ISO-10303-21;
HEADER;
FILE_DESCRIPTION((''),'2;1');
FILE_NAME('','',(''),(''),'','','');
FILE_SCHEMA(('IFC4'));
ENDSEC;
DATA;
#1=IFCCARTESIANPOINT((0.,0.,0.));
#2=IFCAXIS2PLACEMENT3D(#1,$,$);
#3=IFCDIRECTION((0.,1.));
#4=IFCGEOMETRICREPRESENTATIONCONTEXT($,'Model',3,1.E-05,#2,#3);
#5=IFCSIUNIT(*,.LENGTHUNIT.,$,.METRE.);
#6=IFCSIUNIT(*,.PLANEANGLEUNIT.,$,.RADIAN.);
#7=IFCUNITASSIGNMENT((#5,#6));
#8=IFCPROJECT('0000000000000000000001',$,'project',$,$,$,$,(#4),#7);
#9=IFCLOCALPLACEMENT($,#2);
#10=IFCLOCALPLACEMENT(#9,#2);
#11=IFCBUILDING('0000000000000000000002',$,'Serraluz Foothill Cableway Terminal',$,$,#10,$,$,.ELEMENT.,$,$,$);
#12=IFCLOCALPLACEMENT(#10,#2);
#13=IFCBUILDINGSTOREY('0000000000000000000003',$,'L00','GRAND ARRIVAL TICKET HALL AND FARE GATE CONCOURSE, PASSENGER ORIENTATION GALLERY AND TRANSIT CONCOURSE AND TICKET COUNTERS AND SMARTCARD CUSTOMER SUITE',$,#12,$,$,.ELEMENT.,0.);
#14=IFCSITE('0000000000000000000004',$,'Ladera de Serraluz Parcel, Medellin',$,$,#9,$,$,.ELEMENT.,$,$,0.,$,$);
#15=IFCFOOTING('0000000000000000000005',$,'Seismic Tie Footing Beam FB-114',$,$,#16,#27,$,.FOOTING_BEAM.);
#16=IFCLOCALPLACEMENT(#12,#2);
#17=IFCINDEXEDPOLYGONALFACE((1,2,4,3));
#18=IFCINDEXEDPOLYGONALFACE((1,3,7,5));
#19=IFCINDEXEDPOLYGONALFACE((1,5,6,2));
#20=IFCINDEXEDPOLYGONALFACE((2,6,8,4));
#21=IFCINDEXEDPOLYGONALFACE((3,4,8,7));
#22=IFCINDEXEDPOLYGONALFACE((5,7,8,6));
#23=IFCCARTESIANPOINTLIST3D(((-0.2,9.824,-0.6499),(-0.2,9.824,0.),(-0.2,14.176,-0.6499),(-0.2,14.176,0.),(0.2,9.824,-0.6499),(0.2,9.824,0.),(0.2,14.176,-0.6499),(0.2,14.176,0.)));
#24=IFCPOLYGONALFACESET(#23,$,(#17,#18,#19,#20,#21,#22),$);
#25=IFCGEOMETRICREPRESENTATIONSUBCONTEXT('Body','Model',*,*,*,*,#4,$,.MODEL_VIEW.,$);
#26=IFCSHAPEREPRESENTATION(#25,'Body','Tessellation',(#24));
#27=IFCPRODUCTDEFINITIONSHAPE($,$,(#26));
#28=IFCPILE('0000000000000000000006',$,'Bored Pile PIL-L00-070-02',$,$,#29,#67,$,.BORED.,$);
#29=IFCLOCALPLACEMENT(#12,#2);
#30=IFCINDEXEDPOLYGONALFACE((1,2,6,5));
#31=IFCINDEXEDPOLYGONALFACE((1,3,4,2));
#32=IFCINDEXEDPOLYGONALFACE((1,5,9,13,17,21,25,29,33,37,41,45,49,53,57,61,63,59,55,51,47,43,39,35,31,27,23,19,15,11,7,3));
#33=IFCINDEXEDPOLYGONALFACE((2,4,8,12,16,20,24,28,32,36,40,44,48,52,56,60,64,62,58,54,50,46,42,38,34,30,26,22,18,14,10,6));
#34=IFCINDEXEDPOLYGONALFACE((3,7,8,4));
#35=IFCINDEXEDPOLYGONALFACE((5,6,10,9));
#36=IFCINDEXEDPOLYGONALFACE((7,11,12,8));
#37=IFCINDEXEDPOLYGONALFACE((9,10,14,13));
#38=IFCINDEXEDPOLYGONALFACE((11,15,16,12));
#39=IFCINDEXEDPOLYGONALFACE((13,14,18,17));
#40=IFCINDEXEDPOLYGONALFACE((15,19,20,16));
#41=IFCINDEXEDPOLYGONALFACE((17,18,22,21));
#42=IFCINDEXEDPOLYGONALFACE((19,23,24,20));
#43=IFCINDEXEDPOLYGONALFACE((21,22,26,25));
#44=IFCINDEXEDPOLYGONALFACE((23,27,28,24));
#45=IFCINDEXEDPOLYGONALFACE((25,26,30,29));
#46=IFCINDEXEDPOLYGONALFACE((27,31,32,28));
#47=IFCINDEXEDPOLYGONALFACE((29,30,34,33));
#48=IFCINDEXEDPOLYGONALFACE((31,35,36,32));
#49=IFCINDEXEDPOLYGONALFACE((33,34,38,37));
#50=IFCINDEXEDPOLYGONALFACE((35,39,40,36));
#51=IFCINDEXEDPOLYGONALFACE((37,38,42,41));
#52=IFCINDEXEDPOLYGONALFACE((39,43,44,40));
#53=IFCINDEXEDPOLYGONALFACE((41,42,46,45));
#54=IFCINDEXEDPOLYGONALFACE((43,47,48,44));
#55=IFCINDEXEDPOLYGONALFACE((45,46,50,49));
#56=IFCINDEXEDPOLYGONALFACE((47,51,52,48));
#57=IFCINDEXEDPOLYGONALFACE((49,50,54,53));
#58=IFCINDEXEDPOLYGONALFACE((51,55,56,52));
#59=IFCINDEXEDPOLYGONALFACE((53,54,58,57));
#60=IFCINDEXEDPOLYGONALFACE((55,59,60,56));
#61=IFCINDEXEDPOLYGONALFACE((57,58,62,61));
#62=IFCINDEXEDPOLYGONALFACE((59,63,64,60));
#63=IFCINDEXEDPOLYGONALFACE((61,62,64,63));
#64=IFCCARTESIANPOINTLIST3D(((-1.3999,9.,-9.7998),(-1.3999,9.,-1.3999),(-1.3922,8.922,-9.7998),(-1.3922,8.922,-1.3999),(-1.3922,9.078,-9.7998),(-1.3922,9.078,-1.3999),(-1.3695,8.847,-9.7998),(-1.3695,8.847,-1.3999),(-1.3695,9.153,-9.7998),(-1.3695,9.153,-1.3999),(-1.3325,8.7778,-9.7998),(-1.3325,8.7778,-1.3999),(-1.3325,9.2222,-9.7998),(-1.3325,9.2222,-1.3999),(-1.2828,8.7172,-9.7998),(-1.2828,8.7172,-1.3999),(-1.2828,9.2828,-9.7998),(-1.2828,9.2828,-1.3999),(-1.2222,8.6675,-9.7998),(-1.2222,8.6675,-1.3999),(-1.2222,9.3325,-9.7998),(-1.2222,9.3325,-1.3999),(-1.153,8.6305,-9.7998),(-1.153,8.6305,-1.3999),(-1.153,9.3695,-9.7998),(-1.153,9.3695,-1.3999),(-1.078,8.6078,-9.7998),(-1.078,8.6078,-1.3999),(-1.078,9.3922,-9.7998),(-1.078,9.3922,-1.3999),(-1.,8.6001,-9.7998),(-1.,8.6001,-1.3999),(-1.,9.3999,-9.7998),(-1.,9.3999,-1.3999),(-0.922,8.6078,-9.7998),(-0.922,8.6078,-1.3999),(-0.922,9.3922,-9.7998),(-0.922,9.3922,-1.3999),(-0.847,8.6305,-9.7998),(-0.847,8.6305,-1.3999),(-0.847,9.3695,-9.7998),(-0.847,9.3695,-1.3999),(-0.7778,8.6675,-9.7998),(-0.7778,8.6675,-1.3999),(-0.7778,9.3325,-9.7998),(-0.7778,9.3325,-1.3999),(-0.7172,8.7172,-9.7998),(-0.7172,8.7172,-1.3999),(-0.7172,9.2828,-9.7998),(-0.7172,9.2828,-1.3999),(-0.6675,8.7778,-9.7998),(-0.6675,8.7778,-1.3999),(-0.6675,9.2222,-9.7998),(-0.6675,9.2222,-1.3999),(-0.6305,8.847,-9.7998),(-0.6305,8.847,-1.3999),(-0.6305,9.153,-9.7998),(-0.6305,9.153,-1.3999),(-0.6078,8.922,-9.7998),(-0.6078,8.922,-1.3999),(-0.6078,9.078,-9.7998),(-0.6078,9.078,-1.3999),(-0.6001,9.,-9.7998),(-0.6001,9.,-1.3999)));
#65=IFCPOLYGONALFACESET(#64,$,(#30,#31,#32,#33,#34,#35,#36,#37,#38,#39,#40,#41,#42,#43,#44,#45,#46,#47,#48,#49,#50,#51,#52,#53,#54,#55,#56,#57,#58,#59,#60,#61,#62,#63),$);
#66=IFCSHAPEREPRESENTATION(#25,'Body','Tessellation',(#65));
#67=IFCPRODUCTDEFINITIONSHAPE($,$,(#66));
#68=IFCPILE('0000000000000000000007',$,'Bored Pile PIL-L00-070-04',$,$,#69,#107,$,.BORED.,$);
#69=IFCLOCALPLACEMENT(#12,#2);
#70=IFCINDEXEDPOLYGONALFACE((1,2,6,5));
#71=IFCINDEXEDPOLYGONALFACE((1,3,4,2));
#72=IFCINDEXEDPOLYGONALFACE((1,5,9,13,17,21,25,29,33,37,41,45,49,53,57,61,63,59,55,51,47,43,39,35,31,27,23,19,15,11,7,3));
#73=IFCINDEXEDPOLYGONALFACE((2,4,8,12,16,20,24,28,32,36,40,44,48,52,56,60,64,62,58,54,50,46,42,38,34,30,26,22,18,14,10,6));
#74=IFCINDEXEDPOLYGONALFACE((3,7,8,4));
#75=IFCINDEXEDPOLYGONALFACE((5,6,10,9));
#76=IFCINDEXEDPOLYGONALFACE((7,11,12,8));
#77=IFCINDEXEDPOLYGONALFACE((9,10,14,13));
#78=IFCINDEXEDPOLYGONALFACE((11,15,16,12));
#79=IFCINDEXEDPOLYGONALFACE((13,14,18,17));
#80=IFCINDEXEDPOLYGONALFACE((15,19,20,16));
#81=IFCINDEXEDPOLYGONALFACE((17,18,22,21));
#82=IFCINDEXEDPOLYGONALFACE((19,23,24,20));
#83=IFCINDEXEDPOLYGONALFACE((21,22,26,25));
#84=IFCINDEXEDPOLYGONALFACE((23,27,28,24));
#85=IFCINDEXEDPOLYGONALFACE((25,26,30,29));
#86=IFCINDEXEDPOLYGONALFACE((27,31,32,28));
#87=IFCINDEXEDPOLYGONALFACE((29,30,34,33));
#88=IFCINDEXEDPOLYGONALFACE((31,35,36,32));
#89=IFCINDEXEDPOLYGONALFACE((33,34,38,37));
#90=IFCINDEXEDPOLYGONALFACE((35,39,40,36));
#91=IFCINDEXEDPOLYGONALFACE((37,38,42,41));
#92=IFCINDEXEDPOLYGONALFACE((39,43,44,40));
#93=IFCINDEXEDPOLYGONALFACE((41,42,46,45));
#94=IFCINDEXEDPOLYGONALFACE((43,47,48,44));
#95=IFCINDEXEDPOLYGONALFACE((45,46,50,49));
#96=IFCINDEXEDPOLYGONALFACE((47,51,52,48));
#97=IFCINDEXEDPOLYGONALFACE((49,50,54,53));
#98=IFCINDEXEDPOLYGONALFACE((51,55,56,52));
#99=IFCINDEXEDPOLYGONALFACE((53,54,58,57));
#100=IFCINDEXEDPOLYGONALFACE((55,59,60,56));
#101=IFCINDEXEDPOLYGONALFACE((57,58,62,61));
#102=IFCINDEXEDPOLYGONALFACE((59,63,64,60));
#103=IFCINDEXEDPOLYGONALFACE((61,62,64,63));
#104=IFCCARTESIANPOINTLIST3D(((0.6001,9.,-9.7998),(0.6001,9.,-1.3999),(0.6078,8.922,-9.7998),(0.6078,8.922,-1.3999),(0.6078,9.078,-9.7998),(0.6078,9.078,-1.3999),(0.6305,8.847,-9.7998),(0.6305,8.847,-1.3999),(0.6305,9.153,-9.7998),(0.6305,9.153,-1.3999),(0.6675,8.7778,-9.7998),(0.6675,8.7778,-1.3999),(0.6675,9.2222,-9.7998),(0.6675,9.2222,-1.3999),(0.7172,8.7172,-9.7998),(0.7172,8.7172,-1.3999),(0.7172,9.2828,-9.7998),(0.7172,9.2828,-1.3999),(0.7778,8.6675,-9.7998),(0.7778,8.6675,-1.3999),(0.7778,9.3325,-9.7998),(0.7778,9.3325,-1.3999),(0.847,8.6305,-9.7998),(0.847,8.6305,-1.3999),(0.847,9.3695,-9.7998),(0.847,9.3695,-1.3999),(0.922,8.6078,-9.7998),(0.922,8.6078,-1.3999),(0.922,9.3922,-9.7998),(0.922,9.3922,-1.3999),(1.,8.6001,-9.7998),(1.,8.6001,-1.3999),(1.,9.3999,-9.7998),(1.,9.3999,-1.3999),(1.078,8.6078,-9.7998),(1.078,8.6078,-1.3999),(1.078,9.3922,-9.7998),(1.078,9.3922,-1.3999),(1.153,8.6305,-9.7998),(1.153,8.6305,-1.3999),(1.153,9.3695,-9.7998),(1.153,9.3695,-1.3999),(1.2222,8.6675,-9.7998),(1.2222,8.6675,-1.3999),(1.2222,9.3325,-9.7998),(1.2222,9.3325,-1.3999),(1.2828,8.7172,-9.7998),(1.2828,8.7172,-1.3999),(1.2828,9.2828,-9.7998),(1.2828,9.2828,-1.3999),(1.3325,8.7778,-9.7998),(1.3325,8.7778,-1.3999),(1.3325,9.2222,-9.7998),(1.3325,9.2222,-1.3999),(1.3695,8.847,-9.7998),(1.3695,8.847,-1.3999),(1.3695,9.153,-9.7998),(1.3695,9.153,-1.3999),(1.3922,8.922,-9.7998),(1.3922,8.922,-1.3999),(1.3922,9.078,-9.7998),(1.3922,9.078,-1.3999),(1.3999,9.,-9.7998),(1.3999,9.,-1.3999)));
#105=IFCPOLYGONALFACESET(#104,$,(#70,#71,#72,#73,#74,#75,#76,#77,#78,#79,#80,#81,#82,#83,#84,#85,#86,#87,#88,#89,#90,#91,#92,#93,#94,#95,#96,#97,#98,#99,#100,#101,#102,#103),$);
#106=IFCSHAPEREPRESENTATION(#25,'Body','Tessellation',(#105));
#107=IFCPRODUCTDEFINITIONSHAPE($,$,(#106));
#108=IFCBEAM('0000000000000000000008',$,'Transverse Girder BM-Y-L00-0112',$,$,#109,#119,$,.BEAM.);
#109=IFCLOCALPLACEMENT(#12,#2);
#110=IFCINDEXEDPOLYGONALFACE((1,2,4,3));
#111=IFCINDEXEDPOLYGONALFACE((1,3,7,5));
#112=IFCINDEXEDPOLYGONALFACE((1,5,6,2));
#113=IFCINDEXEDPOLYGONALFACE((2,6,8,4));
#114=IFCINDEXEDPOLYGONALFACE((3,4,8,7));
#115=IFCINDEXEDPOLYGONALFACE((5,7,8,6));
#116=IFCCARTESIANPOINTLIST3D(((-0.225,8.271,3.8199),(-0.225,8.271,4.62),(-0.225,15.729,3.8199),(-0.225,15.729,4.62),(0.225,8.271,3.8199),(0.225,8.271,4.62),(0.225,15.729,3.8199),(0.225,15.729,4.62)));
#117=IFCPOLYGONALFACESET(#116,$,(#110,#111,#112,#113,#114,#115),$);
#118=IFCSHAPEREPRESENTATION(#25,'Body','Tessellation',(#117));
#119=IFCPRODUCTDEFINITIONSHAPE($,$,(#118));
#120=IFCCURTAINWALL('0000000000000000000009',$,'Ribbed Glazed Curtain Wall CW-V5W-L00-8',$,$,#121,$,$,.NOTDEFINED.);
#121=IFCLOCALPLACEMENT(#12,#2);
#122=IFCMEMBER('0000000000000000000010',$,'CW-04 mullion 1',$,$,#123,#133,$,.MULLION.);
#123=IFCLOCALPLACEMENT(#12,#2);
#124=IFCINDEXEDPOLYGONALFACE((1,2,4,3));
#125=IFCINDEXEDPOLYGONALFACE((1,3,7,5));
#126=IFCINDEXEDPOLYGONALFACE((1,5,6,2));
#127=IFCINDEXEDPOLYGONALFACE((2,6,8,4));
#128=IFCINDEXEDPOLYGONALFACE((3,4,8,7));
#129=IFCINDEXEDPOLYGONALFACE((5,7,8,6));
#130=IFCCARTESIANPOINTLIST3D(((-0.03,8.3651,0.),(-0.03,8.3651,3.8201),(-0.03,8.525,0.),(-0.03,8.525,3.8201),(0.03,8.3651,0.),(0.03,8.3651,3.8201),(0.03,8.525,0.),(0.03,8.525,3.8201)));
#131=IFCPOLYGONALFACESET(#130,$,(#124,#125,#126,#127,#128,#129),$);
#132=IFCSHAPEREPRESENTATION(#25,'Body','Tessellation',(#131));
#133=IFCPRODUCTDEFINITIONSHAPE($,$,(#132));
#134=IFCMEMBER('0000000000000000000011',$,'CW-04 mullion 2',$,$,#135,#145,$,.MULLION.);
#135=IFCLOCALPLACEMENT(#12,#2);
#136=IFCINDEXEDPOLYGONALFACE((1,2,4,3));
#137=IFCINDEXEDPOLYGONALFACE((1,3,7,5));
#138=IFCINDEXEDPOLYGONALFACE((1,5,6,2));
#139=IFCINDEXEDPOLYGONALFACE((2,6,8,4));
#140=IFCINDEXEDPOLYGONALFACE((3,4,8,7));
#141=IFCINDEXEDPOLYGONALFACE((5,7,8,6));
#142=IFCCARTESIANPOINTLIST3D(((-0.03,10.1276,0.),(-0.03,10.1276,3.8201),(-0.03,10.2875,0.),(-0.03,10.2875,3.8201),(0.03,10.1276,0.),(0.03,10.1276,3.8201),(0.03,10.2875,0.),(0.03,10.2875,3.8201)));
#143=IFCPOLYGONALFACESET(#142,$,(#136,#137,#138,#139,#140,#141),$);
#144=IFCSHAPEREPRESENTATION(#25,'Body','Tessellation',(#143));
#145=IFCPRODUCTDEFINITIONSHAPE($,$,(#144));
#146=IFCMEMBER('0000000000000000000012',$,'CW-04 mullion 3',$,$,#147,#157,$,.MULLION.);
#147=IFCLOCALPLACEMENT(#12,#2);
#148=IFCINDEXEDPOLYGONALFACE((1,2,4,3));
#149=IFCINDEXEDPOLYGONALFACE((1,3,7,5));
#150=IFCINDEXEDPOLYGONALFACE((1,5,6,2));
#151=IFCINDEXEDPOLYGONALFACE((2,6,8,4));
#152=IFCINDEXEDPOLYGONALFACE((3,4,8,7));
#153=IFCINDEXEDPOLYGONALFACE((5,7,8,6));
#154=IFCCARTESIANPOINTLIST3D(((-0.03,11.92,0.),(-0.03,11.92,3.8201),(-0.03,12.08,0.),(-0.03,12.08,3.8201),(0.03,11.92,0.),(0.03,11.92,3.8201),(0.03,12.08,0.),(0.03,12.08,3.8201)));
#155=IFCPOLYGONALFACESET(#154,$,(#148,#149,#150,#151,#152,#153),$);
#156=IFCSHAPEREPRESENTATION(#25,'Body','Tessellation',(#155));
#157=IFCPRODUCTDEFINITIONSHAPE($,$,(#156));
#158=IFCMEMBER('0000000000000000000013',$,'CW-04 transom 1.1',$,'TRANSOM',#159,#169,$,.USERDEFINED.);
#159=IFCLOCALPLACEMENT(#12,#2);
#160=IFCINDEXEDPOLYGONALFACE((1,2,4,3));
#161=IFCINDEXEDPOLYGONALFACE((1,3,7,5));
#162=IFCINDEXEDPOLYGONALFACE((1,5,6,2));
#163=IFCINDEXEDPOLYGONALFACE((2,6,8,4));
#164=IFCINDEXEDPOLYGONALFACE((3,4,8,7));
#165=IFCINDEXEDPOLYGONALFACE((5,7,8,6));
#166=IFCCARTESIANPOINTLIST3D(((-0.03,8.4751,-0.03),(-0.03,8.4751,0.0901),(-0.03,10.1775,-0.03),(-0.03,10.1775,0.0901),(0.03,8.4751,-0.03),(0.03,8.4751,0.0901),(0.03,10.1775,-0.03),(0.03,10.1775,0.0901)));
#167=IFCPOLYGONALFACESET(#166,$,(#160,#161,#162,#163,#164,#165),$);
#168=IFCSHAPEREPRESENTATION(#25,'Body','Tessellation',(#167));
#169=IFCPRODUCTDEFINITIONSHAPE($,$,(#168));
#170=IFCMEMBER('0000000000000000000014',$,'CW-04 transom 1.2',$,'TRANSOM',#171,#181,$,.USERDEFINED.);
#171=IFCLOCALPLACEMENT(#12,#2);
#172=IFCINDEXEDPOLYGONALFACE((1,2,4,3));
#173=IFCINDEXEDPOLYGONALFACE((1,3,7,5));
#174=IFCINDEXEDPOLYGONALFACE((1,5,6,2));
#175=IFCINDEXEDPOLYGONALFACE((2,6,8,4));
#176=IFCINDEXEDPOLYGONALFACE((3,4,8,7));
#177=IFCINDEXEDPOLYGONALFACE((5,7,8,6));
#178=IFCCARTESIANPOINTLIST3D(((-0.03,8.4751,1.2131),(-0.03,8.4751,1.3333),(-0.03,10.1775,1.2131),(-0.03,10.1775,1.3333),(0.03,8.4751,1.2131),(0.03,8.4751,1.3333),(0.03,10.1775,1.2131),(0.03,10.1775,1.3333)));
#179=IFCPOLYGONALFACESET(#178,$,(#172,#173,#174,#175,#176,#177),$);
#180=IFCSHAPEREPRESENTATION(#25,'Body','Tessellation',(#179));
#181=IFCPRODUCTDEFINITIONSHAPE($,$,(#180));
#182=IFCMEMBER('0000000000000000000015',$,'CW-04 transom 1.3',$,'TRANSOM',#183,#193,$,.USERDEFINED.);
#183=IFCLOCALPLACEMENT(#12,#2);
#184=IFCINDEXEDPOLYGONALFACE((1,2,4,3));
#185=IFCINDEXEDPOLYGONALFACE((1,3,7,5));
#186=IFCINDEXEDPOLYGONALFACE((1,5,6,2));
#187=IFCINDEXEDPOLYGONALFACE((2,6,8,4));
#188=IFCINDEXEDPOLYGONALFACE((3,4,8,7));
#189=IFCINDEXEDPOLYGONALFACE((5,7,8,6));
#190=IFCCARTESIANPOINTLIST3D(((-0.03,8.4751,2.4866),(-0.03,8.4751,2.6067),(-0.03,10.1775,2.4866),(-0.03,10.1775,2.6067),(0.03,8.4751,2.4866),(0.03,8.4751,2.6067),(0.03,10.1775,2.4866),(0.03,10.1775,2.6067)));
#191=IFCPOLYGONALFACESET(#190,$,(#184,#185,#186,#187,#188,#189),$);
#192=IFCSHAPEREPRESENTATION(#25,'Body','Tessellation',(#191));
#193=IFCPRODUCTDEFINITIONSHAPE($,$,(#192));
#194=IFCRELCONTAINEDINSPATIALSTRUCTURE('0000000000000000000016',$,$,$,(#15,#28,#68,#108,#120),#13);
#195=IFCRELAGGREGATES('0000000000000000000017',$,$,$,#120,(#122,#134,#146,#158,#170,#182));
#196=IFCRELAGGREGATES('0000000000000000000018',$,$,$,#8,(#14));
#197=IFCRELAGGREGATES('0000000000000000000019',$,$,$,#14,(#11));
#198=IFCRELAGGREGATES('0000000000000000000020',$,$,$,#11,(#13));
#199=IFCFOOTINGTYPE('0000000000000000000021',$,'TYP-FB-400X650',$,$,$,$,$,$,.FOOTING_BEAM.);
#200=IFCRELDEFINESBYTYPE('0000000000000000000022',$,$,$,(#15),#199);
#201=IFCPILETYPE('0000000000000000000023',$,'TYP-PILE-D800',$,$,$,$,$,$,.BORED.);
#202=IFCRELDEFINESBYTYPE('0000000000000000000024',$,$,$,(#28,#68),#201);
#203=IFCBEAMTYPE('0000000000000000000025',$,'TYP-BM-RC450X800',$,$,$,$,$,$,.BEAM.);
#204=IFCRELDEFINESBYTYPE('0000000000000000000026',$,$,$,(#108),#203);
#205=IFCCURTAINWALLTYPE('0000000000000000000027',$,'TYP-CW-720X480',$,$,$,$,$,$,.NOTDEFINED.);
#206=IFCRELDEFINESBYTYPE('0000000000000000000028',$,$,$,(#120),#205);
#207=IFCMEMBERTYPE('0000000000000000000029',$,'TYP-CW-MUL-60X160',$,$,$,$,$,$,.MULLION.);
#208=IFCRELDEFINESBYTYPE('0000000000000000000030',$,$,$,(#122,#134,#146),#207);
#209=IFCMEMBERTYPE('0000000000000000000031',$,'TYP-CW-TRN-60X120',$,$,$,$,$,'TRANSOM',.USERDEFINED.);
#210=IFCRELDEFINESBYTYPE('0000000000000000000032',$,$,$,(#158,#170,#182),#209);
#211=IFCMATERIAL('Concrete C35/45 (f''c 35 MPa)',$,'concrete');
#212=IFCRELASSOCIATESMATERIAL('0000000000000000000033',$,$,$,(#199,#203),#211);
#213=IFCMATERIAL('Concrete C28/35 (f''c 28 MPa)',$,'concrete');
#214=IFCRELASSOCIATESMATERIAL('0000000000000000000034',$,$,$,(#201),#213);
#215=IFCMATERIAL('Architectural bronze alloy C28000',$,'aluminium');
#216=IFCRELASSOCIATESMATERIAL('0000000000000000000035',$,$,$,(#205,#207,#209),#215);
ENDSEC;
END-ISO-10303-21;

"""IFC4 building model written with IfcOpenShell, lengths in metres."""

from ifc_helpers import new_model, si_unit, direction, frame, origin, origin_2d, place, context, subcontext, project, spatial, rectangle, circle, extrude, material, material_profile, profile_set, type_object, element, aggregate, save


model = new_model("IFC4")

# Units and contexts
model_context = context("Model", 3, precision=1e-05, world=origin(), true_north=direction((0.0, 1.0)))
body_context = subcontext(model_context, "Body", "Model", "MODEL_VIEW")
ifc_project = project(units=[si_unit("LENGTHUNIT", "METRE"), si_unit("PLANEANGLEUNIT", "RADIAN")], contexts=[model_context])

# Site, building, storey
site_placement = place(None, origin())
site = spatial("IfcSite", under=ifc_project, at=site_placement, Name="Ladera de Serraluz Parcel, Medellin", CompositionType="ELEMENT", RefElevation=0.0)
building_placement = place(site_placement, origin())
building = spatial("IfcBuilding", under=site, at=building_placement, Name="Serraluz Foothill Cableway Terminal", CompositionType="ELEMENT")
storey_placement = place(building_placement, origin())
storey = spatial("IfcBuildingStorey", under=building, at=storey_placement, Name="L00", Description="GRAND ARRIVAL TICKET HALL AND FARE GATE CONCOURSE, PASSENGER ORIENTATION GALLERY AND TRANSIT CONCOURSE AND TICKET COUNTERS AND SMARTCARD CUSTOMER SUITE", CompositionType="ELEMENT", Elevation=0.0)

# Footing
ifc_material_1 = material(Name="Concrete C35/45 (f'c 35 MPa)", Category="concrete")
ifc_material_profile_1 = material_profile(ifc_material_1, rectangle(XDim=0.3999, YDim=0.6499, at=origin_2d()), Name="RC 400x650")
ifc_profile_set_1 = profile_set([ifc_material_profile_1], Name="Concrete C35/45 (f'c 35 MPa)")
footing_type = type_object("IfcFootingType", Name="TYP-FB-400X650", PredefinedType="FOOTING_BEAM", material=ifc_profile_set_1)
footing_placement = place(storey_placement, frame((0.0, 9.824, -0.325), z_axis=(0.0, 1.0, 0.0), x_axis=(-1.0, 0.0, 0.0)))
element("IfcFooting", 1, at=footing_placement, inside=storey, type_object=footing_type, Name="Seismic Tie Footing Beam FB-114", PredefinedType="FOOTING_BEAM", context=body_context, shape_type="SweptSolid", body=[
    extrude(rectangle(XDim=0.3999, YDim=0.6499, at=origin_2d()), origin(), (0.0, 0.0, 1.0), 4.3521),
])

# Piles
ifc_material_2 = material(Name="Concrete C28/35 (f'c 28 MPa)", Category="concrete")
ifc_material_profile_2 = material_profile(ifc_material_2, circle(Radius=0.3999, at=origin_2d()), Name="BORED PILE D800")
ifc_profile_set_2 = profile_set([ifc_material_profile_2], Name="Concrete C28/35 (f'c 28 MPa)")
pile_type = type_object("IfcPileType", Name="TYP-PILE-D800", PredefinedType="BORED", material=ifc_profile_set_2)
for number, where, z_axis, x_axis, name in (
    (2, (-1.0, 9.0, -1.3999), (0.0, 0.0, -1.0), (1.0, 0.0, 0.0), "Bored Pile PIL-L00-070-02"),
    (3, (1.0, 9.0, -1.3999), (0.0, 0.0, -1.0), (1.0, 0.0, 0.0), "Bored Pile PIL-L00-070-04"),
):
    element("IfcPile", number, at=place(storey_placement, frame(where, z_axis=z_axis, x_axis=x_axis)), inside=storey, type_object=pile_type, Name=name, PredefinedType="BORED", context=body_context, shape_type="SweptSolid", body=[
        extrude(circle(Radius=0.3999, at=origin_2d()), origin(), (0.0, 0.0, 1.0), 8.3999),
    ])

# Beam
ifc_material_profile_3 = material_profile(ifc_material_1, rectangle(XDim=0.45, YDim=0.8, at=origin_2d()), Name="RC 450x800")
ifc_profile_set_3 = profile_set([ifc_material_profile_3], Name="Concrete C35/45 (f'c 35 MPa)")
beam_type = type_object("IfcBeamType", Name="TYP-BM-RC450X800", PredefinedType="BEAM", material=ifc_profile_set_3)
beam_placement = place(storey_placement, frame((0.0, 8.271, 4.22), z_axis=(0.0, 1.0, 0.0), x_axis=(-1.0, 0.0, 0.0)))
element("IfcBeam", 4, at=beam_placement, inside=storey, type_object=beam_type, Name="Transverse Girder BM-Y-L00-0112", PredefinedType="BEAM", context=body_context, shape_type="SweptSolid", body=[
    extrude(rectangle(XDim=0.45, YDim=0.8, at=origin_2d()), origin(), (0.0, 0.0, 1.0), 7.458),
])

# Curtain wall, members
ifc_material_3 = material(Name="Architectural bronze alloy C28000", Category="aluminium")
curtain_wall_type = type_object("IfcCurtainWallType", Name="TYP-CW-720X480", PredefinedType="NOTDEFINED", material=ifc_material_3)
curtain_wall_placement = place(storey_placement, origin())
curtain_wall = element("IfcCurtainWall", 5, at=curtain_wall_placement, inside=storey, type_object=curtain_wall_type, Name="Ribbed Glazed Curtain Wall CW-V5W-L00-8", PredefinedType="NOTDEFINED")
ifc_material_profile_4 = material_profile(ifc_material_3, rectangle(XDim=0.0601, YDim=0.1599, at=origin_2d()), Name="ALU MULLION 60x160")
ifc_profile_set_4 = profile_set([ifc_material_profile_4], Name="Architectural bronze alloy C28000")
member_type_1 = type_object("IfcMemberType", Name="TYP-CW-MUL-60X160", PredefinedType="MULLION", material=ifc_profile_set_4)
member_1_placement = place(storey_placement, frame((0.0, 8.4451, 0.0), z_axis=(0.0, 0.0, 1.0), x_axis=(-1.0, 0.0, 0.0)))
member_1 = element("IfcMember", 6, at=member_1_placement, type_object=member_type_1, Name="CW-04 mullion 1", PredefinedType="MULLION", context=body_context, shape_type="SweptSolid", body=[
    extrude(rectangle(XDim=0.0601, YDim=0.1599, at=origin_2d()), origin(), (0.0, 0.0, 1.0), 3.8201),
])
member_2_placement = place(storey_placement, frame((0.0, 10.2075, 0.0), z_axis=(0.0, 0.0, 1.0), x_axis=(-1.0, 0.0, 0.0)))
member_2 = element("IfcMember", 7, at=member_2_placement, type_object=member_type_1, Name="CW-04 mullion 2", PredefinedType="MULLION", context=body_context, shape_type="SweptSolid", body=[
    extrude(rectangle(XDim=0.0601, YDim=0.1599, at=origin_2d()), origin(), (0.0, 0.0, 1.0), 3.8201),
])
member_3_placement = place(storey_placement, frame((0.0, 12.0, 0.0), z_axis=(0.0, 0.0, 1.0), x_axis=(-1.0, 0.0, 0.0)))
member_3 = element("IfcMember", 8, at=member_3_placement, type_object=member_type_1, Name="CW-04 mullion 3", PredefinedType="MULLION", context=body_context, shape_type="SweptSolid", body=[
    extrude(rectangle(XDim=0.0601, YDim=0.1599, at=origin_2d()), origin(), (0.0, 0.0, 1.0), 3.8201),
])
ifc_material_profile_5 = material_profile(ifc_material_3, rectangle(XDim=0.0601, YDim=0.1201, at=origin_2d()), Name="ALU TRANSOM 60x120")
ifc_profile_set_5 = profile_set([ifc_material_profile_5], Name="Architectural bronze alloy C28000")
member_type_2 = type_object("IfcMemberType", Name="TYP-CW-TRN-60X120", ElementType="TRANSOM", PredefinedType="USERDEFINED", material=ifc_profile_set_5)
member_4_placement = place(storey_placement, frame((0.0, 8.4751, 0.03), z_axis=(0.0, 1.0, 0.0), x_axis=(-1.0, 0.0, 0.0)))
member_4 = element("IfcMember", 9, at=member_4_placement, type_object=member_type_2, Name="CW-04 transom 1.1", ObjectType="TRANSOM", PredefinedType="USERDEFINED", context=body_context, shape_type="SweptSolid", body=[
    extrude(rectangle(XDim=0.0601, YDim=0.1201, at=origin_2d()), origin(), (0.0, 0.0, 1.0), 1.7024),
])
member_5_placement = place(storey_placement, frame((0.0, 8.4751, 1.2732), z_axis=(0.0, 1.0, 0.0), x_axis=(-1.0, 0.0, 0.0)))
member_5 = element("IfcMember", 10, at=member_5_placement, type_object=member_type_2, Name="CW-04 transom 1.2", ObjectType="TRANSOM", PredefinedType="USERDEFINED", context=body_context, shape_type="SweptSolid", body=[
    extrude(rectangle(XDim=0.0601, YDim=0.1201, at=origin_2d()), origin(), (0.0, 0.0, 1.0), 1.7024),
])
member_6_placement = place(storey_placement, frame((0.0, 8.4751, 2.5466), z_axis=(0.0, 1.0, 0.0), x_axis=(-1.0, 0.0, 0.0)))
member_6 = element("IfcMember", 11, at=member_6_placement, type_object=member_type_2, Name="CW-04 transom 1.3", ObjectType="TRANSOM", PredefinedType="USERDEFINED", context=body_context, shape_type="SweptSolid", body=[
    extrude(rectangle(XDim=0.0601, YDim=0.1201, at=origin_2d()), origin(), (0.0, 0.0, 1.0), 1.7024),
])
aggregate(curtain_wall, [member_1, member_2, member_3, member_4, member_5, member_6])

save(model, "model.ifc")
